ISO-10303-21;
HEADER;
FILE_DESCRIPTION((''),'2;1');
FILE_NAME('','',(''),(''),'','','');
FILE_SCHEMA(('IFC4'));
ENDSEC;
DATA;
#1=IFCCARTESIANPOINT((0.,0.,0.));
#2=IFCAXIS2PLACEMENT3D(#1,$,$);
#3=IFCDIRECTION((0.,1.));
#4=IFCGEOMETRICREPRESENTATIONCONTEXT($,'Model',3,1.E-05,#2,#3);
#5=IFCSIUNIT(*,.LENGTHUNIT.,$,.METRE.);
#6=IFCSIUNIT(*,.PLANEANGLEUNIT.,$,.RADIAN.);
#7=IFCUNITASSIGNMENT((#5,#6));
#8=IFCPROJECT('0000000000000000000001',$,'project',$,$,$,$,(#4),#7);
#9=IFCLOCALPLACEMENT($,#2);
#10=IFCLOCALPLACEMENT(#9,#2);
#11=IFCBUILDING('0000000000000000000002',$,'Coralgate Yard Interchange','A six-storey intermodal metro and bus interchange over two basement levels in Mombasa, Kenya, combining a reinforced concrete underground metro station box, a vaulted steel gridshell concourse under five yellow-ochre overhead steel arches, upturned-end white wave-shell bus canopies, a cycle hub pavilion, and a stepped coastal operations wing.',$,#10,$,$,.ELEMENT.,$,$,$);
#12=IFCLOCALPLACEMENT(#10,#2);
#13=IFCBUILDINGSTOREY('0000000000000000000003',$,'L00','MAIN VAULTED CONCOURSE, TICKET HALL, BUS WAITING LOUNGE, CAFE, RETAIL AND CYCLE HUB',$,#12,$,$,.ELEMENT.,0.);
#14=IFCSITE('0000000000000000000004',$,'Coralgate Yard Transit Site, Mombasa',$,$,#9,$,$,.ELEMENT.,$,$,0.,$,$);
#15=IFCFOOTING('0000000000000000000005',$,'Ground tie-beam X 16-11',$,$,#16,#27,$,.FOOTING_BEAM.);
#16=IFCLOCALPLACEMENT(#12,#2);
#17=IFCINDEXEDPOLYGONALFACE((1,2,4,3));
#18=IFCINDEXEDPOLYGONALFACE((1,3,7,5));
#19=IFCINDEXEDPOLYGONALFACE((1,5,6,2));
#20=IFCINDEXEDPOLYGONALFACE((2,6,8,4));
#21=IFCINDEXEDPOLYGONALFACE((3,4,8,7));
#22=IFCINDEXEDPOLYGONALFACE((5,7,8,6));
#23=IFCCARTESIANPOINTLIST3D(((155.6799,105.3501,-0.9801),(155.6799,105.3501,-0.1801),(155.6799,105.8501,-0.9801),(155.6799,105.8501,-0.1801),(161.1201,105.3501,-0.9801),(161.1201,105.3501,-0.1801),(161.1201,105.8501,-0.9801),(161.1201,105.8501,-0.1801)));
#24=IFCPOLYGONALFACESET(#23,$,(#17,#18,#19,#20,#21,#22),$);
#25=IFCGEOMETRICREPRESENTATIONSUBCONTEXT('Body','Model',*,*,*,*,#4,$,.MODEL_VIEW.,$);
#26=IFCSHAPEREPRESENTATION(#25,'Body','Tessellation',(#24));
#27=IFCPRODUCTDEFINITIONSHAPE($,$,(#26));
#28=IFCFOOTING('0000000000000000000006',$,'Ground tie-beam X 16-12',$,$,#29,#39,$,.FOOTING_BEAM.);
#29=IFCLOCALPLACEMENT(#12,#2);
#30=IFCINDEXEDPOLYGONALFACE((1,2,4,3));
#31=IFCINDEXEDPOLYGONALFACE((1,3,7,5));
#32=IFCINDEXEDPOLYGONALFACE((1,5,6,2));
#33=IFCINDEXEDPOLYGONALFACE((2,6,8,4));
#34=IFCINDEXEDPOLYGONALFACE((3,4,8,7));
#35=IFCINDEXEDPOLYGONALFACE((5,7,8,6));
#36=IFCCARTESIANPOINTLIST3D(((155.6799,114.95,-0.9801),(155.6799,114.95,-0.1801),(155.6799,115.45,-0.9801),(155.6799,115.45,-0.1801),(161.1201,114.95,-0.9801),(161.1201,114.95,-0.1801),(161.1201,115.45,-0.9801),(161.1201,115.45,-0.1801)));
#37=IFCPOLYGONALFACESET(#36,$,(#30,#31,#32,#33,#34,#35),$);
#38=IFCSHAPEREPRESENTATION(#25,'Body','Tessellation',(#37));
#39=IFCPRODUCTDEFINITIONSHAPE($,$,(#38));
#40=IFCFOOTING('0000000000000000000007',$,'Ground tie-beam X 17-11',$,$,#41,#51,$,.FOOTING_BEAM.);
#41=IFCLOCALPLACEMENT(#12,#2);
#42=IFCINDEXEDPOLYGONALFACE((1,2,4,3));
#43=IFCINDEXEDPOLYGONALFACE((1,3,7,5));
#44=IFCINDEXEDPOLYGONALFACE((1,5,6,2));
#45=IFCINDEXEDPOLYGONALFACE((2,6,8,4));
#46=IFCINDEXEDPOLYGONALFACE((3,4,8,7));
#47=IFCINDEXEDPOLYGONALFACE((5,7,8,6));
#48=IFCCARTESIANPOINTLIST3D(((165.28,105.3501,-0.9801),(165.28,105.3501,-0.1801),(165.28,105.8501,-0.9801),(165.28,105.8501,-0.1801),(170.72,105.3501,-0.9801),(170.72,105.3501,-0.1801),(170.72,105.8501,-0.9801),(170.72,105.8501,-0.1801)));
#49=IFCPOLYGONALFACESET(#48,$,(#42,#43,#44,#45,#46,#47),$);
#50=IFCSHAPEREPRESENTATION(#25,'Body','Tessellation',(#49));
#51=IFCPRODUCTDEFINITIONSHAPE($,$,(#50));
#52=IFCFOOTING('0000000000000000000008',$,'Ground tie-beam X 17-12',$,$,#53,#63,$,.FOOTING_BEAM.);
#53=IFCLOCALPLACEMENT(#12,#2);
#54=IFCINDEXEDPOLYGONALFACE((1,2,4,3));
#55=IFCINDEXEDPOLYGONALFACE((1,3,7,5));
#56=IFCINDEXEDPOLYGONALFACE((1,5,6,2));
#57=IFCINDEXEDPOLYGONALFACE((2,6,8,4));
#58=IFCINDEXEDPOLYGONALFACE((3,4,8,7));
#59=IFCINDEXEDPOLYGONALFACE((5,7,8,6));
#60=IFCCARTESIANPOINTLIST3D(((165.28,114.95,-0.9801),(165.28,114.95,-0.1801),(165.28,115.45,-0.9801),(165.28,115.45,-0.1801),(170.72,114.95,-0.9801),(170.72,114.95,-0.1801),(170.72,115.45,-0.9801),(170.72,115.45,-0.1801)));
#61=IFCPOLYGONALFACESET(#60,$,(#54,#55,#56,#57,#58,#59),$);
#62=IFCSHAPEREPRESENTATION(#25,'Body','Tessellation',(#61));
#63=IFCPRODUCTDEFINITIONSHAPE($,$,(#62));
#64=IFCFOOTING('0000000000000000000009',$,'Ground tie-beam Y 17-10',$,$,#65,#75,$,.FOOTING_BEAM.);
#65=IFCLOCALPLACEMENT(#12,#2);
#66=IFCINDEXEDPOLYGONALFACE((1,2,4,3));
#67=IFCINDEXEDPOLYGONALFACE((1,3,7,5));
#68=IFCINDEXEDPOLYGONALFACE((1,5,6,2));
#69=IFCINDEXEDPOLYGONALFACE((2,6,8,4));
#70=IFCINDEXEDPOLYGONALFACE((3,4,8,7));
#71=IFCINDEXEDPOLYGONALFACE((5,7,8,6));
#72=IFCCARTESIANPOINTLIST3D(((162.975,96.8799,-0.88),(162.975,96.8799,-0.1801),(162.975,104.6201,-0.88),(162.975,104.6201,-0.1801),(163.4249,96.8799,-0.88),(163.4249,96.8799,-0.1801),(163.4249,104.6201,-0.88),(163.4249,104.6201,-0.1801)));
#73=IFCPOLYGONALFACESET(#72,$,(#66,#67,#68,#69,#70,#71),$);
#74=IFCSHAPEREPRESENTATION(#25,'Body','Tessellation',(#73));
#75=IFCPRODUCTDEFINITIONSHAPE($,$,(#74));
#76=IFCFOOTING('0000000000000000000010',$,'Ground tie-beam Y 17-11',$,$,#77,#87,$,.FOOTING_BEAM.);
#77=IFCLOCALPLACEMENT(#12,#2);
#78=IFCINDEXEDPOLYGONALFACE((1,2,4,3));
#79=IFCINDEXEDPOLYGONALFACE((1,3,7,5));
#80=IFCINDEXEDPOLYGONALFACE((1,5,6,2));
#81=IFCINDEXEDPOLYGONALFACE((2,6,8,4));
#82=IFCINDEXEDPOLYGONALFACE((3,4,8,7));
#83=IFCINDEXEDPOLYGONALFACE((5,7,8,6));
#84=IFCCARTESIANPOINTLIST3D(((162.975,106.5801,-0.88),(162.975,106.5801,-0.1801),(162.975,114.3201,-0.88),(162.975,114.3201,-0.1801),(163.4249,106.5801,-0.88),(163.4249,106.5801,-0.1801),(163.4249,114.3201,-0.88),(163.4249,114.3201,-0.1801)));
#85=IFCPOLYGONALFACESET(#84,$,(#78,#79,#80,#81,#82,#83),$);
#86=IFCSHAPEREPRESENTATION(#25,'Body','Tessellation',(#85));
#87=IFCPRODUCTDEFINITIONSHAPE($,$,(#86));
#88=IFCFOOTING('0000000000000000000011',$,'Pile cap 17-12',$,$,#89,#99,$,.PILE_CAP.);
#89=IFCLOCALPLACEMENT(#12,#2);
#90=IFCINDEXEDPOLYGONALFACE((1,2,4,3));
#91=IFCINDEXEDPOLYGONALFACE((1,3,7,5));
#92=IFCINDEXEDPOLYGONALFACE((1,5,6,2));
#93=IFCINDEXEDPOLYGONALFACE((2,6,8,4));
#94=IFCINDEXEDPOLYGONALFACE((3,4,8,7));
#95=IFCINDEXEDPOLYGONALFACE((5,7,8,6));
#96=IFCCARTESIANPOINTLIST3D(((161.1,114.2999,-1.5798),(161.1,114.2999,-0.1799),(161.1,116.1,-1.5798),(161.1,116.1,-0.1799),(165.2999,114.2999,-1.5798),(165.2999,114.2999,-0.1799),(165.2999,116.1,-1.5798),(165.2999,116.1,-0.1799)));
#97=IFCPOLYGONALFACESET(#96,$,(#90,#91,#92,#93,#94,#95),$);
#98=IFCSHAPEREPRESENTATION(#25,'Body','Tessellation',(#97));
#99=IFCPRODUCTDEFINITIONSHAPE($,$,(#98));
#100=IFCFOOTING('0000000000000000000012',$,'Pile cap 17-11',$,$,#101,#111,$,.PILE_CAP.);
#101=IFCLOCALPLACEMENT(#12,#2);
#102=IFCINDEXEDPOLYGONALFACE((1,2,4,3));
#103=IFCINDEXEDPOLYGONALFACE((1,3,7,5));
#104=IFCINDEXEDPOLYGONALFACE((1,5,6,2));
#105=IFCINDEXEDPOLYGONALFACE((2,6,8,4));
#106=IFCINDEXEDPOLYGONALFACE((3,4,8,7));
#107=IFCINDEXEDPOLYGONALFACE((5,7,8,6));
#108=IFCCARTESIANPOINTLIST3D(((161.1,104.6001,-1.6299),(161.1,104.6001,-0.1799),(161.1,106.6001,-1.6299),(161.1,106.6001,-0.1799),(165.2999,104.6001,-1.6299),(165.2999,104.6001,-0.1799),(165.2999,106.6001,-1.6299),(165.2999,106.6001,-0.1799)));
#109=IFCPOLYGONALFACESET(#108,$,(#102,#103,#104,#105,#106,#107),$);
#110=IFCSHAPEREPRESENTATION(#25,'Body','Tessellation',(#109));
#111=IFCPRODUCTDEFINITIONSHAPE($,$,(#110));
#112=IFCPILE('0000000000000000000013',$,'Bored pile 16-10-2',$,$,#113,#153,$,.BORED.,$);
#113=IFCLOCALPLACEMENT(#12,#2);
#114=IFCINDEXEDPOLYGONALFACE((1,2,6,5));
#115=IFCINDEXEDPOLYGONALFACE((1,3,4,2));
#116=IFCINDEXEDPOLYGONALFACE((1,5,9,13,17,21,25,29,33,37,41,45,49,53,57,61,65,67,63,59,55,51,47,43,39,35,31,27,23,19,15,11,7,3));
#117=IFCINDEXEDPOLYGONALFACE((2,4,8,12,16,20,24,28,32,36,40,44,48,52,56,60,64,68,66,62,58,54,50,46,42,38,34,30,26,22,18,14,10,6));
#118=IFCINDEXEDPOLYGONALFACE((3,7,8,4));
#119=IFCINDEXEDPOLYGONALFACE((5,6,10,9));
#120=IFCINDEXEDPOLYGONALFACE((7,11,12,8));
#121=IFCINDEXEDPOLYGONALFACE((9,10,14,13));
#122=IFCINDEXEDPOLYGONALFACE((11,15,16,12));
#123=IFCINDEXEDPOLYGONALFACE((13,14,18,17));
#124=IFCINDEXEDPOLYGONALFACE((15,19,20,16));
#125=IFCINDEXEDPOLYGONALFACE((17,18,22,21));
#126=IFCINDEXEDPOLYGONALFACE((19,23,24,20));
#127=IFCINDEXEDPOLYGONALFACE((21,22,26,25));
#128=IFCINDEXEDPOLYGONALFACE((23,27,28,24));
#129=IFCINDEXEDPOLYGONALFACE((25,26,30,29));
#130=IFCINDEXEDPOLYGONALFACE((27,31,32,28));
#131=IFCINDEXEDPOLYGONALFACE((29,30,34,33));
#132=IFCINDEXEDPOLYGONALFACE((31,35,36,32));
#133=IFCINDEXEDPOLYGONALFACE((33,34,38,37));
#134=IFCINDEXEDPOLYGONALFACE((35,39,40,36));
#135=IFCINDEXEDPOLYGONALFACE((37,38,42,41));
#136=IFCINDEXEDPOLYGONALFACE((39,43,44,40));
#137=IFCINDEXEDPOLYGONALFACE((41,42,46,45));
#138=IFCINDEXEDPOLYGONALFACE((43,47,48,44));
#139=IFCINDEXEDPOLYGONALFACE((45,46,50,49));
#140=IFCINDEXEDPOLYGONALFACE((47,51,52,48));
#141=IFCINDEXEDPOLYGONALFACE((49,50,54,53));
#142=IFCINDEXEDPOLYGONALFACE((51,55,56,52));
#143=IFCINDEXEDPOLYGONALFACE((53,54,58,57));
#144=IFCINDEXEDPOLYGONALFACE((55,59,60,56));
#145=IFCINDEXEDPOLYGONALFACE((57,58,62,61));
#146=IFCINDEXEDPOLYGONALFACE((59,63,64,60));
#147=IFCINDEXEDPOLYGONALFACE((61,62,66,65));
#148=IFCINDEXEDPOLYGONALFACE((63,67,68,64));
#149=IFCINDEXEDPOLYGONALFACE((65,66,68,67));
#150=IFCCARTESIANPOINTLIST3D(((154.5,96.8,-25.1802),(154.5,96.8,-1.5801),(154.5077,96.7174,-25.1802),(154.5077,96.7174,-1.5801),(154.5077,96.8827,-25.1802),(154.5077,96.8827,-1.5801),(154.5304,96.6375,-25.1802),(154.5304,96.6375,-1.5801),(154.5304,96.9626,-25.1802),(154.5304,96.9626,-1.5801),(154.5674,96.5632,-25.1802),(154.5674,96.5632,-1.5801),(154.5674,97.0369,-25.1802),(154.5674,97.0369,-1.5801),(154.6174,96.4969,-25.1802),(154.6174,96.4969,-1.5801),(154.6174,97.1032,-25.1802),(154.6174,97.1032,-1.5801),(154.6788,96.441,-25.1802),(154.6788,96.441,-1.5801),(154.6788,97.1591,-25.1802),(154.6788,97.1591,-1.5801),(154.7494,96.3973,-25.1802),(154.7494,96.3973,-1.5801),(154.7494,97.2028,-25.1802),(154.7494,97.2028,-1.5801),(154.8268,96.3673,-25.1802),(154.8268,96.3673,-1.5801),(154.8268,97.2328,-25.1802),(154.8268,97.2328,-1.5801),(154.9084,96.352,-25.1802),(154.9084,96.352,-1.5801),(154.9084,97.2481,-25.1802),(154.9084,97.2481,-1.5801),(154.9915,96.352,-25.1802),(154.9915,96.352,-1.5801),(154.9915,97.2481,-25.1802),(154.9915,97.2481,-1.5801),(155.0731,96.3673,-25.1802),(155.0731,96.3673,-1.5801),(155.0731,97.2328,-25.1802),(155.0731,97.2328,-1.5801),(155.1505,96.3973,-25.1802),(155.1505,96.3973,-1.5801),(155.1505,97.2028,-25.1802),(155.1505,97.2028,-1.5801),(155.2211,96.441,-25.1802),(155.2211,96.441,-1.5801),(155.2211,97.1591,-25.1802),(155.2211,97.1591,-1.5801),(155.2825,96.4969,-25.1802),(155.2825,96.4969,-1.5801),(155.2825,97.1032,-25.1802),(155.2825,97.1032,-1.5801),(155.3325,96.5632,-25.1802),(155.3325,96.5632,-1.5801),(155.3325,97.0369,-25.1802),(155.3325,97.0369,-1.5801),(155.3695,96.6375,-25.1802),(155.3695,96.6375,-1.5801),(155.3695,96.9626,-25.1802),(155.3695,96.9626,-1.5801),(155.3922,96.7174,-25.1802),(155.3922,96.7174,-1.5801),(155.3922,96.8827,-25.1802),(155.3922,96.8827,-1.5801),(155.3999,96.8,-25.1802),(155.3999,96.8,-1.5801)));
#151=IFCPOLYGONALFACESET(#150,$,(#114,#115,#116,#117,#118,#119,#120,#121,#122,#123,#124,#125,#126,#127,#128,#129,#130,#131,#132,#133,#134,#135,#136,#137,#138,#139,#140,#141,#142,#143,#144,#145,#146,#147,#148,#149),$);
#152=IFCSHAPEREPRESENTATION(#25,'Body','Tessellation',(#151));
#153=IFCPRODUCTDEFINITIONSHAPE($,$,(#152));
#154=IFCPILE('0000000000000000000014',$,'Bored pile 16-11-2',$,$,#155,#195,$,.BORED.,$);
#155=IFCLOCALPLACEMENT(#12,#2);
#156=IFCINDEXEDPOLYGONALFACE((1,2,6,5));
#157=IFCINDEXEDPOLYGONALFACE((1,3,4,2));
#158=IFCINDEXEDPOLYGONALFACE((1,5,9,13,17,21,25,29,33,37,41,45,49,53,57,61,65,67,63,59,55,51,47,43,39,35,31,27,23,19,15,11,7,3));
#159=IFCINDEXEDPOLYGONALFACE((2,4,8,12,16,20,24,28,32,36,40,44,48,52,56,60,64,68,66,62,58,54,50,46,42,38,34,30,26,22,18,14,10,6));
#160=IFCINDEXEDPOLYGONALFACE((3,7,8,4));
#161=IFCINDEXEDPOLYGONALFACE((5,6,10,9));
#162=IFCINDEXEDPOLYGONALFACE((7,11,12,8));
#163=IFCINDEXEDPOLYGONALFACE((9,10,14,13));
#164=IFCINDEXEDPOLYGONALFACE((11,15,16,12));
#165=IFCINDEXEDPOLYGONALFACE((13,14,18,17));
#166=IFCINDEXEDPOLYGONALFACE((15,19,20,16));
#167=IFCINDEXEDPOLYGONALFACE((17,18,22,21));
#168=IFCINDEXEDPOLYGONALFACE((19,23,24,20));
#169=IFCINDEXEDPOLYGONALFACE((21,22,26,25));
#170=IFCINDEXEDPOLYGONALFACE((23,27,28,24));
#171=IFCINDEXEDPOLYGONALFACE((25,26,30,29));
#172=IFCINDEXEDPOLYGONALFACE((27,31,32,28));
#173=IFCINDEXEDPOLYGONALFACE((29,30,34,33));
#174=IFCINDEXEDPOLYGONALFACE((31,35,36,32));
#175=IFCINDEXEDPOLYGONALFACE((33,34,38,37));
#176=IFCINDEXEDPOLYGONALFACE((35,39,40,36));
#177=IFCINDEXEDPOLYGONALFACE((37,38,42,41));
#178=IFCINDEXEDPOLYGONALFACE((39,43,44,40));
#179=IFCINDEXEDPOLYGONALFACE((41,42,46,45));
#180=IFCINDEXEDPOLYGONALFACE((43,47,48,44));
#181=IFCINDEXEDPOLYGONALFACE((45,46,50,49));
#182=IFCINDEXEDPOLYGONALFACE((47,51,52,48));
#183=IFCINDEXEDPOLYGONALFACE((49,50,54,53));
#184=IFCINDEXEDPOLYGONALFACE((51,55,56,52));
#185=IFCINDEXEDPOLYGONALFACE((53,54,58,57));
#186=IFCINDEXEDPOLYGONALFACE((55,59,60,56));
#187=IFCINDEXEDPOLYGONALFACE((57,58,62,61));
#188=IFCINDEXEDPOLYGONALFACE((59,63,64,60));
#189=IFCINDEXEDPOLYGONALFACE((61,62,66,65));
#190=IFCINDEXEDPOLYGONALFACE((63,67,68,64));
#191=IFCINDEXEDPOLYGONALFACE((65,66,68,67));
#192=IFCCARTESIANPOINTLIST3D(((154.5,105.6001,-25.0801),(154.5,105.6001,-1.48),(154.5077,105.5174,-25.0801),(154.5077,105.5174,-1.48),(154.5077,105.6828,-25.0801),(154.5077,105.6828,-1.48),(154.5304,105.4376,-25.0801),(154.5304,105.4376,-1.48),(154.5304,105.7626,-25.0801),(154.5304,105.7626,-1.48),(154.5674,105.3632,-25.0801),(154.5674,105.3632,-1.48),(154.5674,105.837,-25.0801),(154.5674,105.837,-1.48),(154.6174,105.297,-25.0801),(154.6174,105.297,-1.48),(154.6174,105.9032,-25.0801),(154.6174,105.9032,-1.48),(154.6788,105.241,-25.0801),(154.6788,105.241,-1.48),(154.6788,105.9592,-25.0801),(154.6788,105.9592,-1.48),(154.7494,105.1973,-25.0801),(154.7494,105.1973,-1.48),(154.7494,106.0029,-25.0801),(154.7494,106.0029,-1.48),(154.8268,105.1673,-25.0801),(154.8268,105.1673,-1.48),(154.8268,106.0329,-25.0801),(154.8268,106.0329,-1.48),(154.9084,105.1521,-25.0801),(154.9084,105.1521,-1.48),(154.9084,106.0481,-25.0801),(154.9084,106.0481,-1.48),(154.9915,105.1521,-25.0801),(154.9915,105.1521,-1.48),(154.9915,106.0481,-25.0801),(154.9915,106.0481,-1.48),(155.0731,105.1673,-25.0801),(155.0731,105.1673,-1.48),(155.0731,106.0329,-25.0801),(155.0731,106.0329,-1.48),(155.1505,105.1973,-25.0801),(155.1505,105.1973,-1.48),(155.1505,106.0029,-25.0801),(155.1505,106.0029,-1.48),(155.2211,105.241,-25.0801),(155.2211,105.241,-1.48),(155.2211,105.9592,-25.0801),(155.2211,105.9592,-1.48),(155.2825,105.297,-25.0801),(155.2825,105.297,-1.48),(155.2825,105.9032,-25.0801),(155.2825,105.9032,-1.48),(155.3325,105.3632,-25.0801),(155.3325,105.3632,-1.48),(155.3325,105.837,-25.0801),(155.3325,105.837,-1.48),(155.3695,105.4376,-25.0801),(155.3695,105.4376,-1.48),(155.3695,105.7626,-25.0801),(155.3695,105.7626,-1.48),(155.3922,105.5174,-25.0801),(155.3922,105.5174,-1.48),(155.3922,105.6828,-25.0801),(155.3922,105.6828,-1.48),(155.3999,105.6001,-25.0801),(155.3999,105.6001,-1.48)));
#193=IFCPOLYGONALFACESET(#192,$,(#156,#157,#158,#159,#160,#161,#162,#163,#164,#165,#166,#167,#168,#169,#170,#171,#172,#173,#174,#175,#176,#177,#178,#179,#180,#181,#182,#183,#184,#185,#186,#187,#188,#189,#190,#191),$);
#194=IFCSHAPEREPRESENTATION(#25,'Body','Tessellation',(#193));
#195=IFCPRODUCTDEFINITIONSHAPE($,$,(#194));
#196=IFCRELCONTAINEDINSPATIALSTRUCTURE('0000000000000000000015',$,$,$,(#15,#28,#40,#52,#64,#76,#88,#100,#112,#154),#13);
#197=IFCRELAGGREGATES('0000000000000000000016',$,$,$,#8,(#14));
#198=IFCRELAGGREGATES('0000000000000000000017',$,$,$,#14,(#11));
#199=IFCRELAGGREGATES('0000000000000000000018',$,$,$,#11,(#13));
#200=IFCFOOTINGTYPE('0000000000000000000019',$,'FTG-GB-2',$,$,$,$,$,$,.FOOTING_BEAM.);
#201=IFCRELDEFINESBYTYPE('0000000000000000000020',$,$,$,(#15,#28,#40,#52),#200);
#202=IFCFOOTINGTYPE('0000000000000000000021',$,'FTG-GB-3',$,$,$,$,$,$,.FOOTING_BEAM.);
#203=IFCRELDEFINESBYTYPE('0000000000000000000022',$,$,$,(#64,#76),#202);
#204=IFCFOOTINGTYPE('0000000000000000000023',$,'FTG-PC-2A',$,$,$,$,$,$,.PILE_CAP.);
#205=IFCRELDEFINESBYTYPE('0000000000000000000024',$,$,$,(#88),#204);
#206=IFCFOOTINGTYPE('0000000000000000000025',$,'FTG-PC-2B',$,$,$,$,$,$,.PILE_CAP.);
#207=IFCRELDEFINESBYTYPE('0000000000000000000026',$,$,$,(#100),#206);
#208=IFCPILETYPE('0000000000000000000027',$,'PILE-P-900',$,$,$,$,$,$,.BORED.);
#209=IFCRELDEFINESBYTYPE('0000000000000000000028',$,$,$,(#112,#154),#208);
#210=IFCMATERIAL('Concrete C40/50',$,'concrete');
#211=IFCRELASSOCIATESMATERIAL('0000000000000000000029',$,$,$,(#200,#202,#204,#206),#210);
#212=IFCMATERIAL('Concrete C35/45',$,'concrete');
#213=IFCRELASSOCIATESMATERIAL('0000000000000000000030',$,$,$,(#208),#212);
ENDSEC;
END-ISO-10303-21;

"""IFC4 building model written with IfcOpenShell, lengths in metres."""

from ifc_helpers import new_model, si_unit, direction, frame, origin, origin_2d, place, context, subcontext, project, spatial, rectangle, circle, extrude, material, material_profile, profile_set, type_object, element, save


model = new_model("IFC4")

# Units and contexts
model_context = context("Model", 3, precision=1e-05, world=origin(), true_north=direction((0.0, 1.0)))
body_context = subcontext(model_context, "Body", "Model", "MODEL_VIEW")
ifc_project = project(units=[si_unit("LENGTHUNIT", "METRE"), si_unit("PLANEANGLEUNIT", "RADIAN")], contexts=[model_context])

# Site, building, storey
site_placement = place(None, origin())
site = spatial("IfcSite", under=ifc_project, at=site_placement, Name="Coralgate Yard Transit Site, Mombasa", CompositionType="ELEMENT", RefElevation=0.0)
building_placement = place(site_placement, origin())
building = spatial("IfcBuilding", under=site, at=building_placement, Name="Coralgate Yard Interchange", Description="A six-storey intermodal metro and bus interchange over two basement levels in Mombasa, Kenya, combining a reinforced concrete underground metro station box, a vaulted steel gridshell concourse under five yellow-ochre overhead steel arches, upturned-end white wave-shell bus canopies, a cycle hub pavilion, and a stepped coastal operations wing.", CompositionType="ELEMENT")
storey_placement = place(building_placement, origin())
storey = spatial("IfcBuildingStorey", under=building, at=storey_placement, Name="L00", Description="MAIN VAULTED CONCOURSE, TICKET HALL, BUS WAITING LOUNGE, CAFE, RETAIL AND CYCLE HUB", CompositionType="ELEMENT", Elevation=0.0)

# Footings
ifc_material_1 = material(Name="Concrete C40/50", Category="concrete")
ifc_material_profile_1 = material_profile(ifc_material_1, rectangle(XDim=0.5, YDim=0.8, at=origin_2d()), Name="RC 500x800")
ifc_profile_set_1 = profile_set([ifc_material_profile_1], Name="Concrete C40/50")
footing_type_1 = type_object("IfcFootingType", Name="FTG-GB-2", PredefinedType="FOOTING_BEAM", material=ifc_profile_set_1)
for number, where, z_axis, x_axis, name in (
    (1, (155.6799, 105.6001, -0.5801), (1.0, 0.0, 0.0), (0.0, 1.0, 0.0), "Ground tie-beam X 16-11"),
    (2, (155.6799, 115.2, -0.5801), (1.0, 0.0, 0.0), (0.0, 1.0, 0.0), "Ground tie-beam X 16-12"),
):
    element("IfcFooting", number, at=place(storey_placement, frame(where, z_axis=z_axis, x_axis=x_axis)), inside=storey, type_object=footing_type_1, Name=name, PredefinedType="FOOTING_BEAM", context=body_context, shape_type="SweptSolid", body=[
        extrude(rectangle(XDim=0.5, YDim=0.8, at=origin_2d()), origin(), (0.0, 0.0, 1.0), 5.4402),
    ])
for number, where, z_axis, x_axis, name in (
    (3, (165.28, 105.6001, -0.5801), (1.0, 0.0, 0.0), (0.0, 1.0, 0.0), "Ground tie-beam X 17-11"),
    (4, (165.28, 115.2, -0.5801), (1.0, 0.0, 0.0), (0.0, 1.0, 0.0), "Ground tie-beam X 17-12"),
):
    element("IfcFooting", number, at=place(storey_placement, frame(where, z_axis=z_axis, x_axis=x_axis)), inside=storey, type_object=footing_type_1, Name=name, PredefinedType="FOOTING_BEAM", context=body_context, shape_type="SweptSolid", body=[
        extrude(rectangle(XDim=0.5, YDim=0.8, at=origin_2d()), origin(), (0.0, 0.0, 1.0), 5.4399),
    ])
ifc_material_profile_2 = material_profile(ifc_material_1, rectangle(XDim=0.45, YDim=0.7, at=origin_2d()), Name="RC 450x700")
ifc_profile_set_2 = profile_set([ifc_material_profile_2], Name="Concrete C40/50")
footing_type_2 = type_object("IfcFootingType", Name="FTG-GB-3", PredefinedType="FOOTING_BEAM", material=ifc_profile_set_2)
footing_1_placement = place(storey_placement, frame((163.2, 96.8799, -0.53), z_axis=(0.0, 1.0, 0.0), x_axis=(-1.0, 0.0, 0.0)))
element("IfcFooting", 5, at=footing_1_placement, inside=storey, type_object=footing_type_2, Name="Ground tie-beam Y 17-10", PredefinedType="FOOTING_BEAM", context=body_context, shape_type="SweptSolid", body=[
    extrude(rectangle(XDim=0.45, YDim=0.7, at=origin_2d()), origin(), (0.0, 0.0, 1.0), 7.7402),
])
footing_2_placement = place(storey_placement, frame((163.2, 106.5801, -0.53), z_axis=(0.0, 1.0, 0.0), x_axis=(-1.0, 0.0, 0.0)))
element("IfcFooting", 6, at=footing_2_placement, inside=storey, type_object=footing_type_2, Name="Ground tie-beam Y 17-11", PredefinedType="FOOTING_BEAM", context=body_context, shape_type="SweptSolid", body=[
    extrude(rectangle(XDim=0.45, YDim=0.7, at=origin_2d()), origin(), (0.0, 0.0, 1.0), 7.74),
])
footing_type_3 = type_object("IfcFootingType", Name="FTG-PC-2A", PredefinedType="PILE_CAP", material=ifc_material_1)
footing_3_placement = place(storey_placement, frame((163.2, 115.2, -1.5798), z_axis=(0.0, 0.0, 1.0), x_axis=(1.0, 0.0, 0.0)))
element("IfcFooting", 7, at=footing_3_placement, inside=storey, type_object=footing_type_3, Name="Pile cap 17-12", PredefinedType="PILE_CAP", context=body_context, shape_type="SweptSolid", body=[
    extrude(rectangle(XDim=4.2, YDim=1.8, at=origin_2d()), origin(), (0.0, 0.0, 1.0), 1.3999),
])
footing_type_4 = type_object("IfcFootingType", Name="FTG-PC-2B", PredefinedType="PILE_CAP", material=ifc_material_1)
footing_4_placement = place(storey_placement, frame((163.2, 105.6001, -1.6299), z_axis=(0.0, 0.0, 1.0), x_axis=(1.0, 0.0, 0.0)))
element("IfcFooting", 8, at=footing_4_placement, inside=storey, type_object=footing_type_4, Name="Pile cap 17-11", PredefinedType="PILE_CAP", context=body_context, shape_type="SweptSolid", body=[
    extrude(rectangle(XDim=4.2, YDim=2.0, at=origin_2d()), origin(), (0.0, 0.0, 1.0), 1.45),
])

# Piles
ifc_material_2 = material(Name="Concrete C35/45", Category="concrete")
ifc_material_profile_3 = material_profile(ifc_material_2, circle(Radius=0.45, at=origin_2d()), Name="BORED PILE D900")
ifc_profile_set_3 = profile_set([ifc_material_profile_3], Name="Concrete C35/45")
pile_type = type_object("IfcPileType", Name="PILE-P-900", PredefinedType="BORED", material=ifc_profile_set_3)
for number, where, z_axis, x_axis, name in (
    (9, (154.95, 96.8, -1.5801), (0.0, 0.0, -1.0), (1.0, 0.0, 0.0), "Bored pile 16-10-2"),
    (10, (154.95, 105.6001, -1.48), (0.0, 0.0, -1.0), (1.0, 0.0, 0.0), "Bored pile 16-11-2"),
):
    element("IfcPile", number, at=place(storey_placement, frame(where, z_axis=z_axis, x_axis=x_axis)), inside=storey, type_object=pile_type, Name=name, PredefinedType="BORED", context=body_context, shape_type="SweptSolid", body=[
        extrude(circle(Radius=0.45, at=origin_2d()), origin(), (0.0, 0.0, 1.0), 23.6001),
    ])

save(model, "model.ifc")
